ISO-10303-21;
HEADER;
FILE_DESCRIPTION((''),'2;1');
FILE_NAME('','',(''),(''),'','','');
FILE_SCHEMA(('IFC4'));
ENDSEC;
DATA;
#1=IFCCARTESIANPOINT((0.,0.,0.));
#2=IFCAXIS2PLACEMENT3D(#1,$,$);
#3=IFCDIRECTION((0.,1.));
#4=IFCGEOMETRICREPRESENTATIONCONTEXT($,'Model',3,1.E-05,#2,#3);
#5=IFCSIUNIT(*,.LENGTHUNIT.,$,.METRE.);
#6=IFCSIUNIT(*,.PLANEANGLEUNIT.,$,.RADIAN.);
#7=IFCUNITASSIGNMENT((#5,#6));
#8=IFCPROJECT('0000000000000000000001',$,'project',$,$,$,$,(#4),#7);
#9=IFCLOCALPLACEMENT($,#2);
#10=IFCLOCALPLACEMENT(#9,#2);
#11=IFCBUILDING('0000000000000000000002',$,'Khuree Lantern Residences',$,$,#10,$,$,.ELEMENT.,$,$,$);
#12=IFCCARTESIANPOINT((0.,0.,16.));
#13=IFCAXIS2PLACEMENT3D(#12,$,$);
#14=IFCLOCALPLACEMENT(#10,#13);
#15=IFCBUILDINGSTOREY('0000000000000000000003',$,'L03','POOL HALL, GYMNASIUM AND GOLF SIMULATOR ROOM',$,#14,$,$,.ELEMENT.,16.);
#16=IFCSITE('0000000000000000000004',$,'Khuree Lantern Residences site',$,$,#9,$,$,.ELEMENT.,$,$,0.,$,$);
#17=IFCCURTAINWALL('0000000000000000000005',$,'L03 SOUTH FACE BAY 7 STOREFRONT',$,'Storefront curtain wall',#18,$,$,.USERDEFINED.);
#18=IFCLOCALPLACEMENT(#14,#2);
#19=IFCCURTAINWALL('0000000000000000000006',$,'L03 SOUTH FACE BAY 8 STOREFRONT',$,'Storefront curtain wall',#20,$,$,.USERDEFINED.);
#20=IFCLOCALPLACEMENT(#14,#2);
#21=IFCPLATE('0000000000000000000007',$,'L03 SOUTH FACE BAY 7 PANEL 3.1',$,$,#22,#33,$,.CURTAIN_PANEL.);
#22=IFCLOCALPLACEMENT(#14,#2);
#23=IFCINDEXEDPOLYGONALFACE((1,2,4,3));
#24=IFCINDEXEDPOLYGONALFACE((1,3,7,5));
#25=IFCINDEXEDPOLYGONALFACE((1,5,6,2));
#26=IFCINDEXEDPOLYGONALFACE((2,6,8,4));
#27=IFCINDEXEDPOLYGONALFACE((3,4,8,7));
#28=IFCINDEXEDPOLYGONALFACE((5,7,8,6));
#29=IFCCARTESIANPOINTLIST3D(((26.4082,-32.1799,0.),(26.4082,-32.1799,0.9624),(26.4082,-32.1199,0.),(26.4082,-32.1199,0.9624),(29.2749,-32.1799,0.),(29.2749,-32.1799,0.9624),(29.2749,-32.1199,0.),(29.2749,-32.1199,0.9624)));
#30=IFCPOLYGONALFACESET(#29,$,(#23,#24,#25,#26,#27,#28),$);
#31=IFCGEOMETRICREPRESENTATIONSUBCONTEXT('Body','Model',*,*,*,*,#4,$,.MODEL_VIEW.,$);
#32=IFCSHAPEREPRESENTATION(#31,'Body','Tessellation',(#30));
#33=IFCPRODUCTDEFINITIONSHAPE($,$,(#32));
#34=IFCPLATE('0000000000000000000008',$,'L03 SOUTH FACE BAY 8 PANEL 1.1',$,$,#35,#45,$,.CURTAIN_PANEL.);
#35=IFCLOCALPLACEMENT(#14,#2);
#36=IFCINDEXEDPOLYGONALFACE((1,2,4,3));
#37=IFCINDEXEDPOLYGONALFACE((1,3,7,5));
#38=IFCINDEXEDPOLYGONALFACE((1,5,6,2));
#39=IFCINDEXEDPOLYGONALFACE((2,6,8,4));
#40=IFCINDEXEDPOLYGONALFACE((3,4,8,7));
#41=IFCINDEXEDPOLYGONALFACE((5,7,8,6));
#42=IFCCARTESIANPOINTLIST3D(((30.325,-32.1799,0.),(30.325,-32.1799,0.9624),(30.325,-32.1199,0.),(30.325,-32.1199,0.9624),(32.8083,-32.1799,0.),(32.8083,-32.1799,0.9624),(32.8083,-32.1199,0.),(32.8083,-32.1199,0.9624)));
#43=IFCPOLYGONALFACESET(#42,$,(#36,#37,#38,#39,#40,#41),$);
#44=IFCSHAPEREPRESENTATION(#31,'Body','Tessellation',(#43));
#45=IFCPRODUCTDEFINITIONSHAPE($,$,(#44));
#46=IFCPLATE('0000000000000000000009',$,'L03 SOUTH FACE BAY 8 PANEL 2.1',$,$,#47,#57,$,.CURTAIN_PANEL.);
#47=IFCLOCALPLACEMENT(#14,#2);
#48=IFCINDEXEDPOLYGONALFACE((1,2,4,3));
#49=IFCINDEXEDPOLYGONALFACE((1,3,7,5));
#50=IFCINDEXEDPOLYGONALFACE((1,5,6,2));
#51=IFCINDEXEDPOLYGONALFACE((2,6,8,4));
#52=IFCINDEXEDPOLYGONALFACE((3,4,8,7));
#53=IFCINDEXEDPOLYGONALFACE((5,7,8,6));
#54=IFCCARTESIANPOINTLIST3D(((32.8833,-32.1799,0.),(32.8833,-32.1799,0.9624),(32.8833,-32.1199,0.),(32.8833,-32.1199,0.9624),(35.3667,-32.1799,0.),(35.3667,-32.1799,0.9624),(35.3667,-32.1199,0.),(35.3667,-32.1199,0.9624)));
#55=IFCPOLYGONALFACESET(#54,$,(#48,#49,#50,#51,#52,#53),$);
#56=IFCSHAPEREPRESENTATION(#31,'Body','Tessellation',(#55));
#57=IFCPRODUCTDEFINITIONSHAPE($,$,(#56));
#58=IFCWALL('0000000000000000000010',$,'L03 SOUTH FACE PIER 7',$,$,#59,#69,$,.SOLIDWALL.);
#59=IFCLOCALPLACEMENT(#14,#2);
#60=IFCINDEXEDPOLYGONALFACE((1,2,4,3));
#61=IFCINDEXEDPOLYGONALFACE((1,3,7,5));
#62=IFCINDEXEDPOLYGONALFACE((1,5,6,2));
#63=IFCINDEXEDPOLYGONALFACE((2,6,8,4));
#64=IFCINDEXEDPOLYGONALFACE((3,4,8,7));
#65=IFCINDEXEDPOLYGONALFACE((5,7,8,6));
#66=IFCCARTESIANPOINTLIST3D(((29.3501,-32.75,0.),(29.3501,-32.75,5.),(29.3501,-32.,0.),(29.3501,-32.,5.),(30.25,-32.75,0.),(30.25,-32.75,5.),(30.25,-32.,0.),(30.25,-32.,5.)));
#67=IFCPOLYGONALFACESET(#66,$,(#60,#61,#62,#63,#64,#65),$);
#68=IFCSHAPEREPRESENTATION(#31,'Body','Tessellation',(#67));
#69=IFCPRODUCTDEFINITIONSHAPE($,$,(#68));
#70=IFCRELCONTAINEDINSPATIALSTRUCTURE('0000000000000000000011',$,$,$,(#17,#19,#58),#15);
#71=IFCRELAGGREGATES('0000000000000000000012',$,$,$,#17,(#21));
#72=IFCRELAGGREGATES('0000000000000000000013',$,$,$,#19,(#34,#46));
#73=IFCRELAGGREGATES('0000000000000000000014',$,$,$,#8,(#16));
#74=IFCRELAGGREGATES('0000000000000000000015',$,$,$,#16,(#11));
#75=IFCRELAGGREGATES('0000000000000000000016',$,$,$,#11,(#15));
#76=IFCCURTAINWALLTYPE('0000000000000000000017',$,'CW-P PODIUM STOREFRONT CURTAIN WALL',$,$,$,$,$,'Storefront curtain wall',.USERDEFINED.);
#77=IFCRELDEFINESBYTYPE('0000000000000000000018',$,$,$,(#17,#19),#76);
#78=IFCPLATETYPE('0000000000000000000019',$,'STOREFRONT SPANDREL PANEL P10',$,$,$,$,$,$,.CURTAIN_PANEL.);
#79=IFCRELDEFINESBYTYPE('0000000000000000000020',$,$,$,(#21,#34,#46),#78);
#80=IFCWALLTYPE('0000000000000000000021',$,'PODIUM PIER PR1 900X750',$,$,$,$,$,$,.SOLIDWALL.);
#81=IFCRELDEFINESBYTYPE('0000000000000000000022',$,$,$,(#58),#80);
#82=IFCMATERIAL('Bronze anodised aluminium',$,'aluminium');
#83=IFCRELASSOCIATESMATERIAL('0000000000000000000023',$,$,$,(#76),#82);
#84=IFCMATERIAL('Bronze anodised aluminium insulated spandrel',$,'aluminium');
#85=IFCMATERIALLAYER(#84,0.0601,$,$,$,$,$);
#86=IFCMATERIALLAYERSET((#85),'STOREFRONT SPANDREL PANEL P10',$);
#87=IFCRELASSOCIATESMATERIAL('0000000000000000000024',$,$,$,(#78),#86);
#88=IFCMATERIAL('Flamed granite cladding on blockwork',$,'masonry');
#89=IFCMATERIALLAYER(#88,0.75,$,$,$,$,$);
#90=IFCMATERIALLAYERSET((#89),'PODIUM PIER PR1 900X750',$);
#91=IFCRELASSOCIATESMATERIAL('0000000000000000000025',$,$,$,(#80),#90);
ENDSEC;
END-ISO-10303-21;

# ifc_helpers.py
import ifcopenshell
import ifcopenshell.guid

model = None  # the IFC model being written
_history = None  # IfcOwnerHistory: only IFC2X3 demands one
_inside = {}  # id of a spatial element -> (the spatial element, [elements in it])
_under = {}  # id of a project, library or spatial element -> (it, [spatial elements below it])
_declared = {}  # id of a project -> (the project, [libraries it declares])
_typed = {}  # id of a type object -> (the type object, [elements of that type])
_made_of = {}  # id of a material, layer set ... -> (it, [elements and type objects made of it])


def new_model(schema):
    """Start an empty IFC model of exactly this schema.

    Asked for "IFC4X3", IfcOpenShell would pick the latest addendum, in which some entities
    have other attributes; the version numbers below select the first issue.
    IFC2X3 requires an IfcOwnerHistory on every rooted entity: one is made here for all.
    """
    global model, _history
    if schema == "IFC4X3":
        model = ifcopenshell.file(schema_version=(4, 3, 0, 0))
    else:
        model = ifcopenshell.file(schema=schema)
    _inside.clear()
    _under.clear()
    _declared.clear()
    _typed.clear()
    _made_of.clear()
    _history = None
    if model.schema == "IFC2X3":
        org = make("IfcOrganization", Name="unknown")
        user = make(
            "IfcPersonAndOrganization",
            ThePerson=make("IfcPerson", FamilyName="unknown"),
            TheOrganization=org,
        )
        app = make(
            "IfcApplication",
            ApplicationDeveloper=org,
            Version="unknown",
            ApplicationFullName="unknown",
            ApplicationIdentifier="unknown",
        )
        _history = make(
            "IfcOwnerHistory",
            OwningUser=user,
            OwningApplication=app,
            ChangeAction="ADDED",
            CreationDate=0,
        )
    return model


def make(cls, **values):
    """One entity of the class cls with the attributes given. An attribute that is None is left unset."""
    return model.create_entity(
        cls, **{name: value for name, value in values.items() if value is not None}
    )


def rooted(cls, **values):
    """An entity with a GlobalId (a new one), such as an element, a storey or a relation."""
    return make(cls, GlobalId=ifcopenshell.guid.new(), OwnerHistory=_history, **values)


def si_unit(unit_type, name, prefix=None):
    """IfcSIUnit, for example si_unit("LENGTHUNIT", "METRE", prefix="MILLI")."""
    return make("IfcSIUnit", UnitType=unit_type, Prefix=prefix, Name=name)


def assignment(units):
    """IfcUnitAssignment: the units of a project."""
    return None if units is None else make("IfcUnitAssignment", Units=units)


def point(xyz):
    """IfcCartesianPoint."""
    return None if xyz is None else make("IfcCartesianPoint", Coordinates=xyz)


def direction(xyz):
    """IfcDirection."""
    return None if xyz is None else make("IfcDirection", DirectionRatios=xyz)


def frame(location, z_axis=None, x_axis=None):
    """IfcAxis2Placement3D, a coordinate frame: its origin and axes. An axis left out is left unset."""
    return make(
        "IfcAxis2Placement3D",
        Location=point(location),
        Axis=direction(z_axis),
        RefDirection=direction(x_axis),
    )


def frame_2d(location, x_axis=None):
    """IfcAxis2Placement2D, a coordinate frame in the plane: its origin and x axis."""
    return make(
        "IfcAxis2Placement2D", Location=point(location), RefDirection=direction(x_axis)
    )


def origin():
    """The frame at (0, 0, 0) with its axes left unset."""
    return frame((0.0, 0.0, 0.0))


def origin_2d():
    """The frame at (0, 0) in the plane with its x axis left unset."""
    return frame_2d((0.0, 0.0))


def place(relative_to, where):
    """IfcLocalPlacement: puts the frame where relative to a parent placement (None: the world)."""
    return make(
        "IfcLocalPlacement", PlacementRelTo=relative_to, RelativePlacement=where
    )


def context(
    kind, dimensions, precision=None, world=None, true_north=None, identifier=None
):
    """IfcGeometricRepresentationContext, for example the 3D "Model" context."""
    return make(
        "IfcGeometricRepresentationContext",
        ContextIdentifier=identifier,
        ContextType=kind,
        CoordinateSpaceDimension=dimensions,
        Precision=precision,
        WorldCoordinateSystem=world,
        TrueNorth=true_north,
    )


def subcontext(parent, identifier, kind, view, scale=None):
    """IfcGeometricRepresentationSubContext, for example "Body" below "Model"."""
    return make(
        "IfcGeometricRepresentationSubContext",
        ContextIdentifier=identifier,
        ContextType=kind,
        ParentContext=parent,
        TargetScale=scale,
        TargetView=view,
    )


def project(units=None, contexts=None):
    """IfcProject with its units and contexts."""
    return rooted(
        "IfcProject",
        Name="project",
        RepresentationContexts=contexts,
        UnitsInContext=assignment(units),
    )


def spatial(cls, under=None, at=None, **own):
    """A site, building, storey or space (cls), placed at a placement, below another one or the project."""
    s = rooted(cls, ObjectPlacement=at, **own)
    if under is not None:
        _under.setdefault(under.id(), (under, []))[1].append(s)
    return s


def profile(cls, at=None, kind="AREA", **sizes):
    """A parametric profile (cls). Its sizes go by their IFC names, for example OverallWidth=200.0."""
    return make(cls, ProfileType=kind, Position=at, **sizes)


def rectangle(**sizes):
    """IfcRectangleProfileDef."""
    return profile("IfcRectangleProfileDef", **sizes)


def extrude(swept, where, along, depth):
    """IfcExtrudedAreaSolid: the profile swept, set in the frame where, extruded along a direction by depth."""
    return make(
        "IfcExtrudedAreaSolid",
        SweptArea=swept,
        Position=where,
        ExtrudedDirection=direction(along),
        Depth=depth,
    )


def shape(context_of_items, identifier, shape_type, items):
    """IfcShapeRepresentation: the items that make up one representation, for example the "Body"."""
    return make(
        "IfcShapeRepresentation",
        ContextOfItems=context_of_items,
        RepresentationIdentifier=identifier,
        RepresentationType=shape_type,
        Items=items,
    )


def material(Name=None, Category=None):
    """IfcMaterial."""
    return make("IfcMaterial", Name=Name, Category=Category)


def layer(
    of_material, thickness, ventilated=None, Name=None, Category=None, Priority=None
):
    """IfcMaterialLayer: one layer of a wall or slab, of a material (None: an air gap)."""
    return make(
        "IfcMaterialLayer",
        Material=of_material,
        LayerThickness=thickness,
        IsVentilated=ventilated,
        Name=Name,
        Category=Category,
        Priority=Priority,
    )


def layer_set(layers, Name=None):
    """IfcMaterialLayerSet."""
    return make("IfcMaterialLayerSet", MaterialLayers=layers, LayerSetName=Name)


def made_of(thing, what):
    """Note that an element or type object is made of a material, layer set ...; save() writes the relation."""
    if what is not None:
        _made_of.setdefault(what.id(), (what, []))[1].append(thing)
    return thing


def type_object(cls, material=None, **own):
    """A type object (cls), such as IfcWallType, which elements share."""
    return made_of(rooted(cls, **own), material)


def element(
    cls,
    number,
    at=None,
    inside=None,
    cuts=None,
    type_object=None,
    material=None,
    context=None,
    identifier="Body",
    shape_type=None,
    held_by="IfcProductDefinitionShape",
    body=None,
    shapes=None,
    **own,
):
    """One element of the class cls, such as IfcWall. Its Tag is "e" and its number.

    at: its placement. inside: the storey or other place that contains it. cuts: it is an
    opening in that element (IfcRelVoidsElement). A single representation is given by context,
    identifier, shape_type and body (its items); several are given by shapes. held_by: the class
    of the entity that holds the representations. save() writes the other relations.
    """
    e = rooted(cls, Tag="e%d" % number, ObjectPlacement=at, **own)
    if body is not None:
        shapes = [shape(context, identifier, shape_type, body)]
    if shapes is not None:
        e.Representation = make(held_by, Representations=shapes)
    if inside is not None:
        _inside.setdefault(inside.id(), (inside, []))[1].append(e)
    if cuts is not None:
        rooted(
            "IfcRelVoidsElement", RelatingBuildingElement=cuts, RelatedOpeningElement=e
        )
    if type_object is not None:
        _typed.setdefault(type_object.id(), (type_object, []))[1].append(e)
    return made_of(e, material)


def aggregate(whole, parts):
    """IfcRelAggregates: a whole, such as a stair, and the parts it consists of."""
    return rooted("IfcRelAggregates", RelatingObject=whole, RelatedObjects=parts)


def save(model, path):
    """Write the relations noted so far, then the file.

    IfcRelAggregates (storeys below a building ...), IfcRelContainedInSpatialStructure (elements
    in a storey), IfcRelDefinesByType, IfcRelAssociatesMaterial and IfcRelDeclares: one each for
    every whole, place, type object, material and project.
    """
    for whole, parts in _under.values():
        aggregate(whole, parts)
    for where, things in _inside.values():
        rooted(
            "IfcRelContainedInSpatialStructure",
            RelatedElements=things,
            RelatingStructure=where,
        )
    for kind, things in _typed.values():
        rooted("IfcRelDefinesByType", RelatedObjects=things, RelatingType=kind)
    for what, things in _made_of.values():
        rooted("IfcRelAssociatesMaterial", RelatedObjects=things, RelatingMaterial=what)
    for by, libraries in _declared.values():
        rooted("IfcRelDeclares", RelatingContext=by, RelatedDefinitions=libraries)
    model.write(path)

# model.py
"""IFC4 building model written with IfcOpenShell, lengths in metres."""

from ifc_helpers import new_model, si_unit, direction, frame, frame_2d, origin, origin_2d, place, context, subcontext, project, spatial, rectangle, extrude, material, layer, layer_set, type_object, element, aggregate, save


model = new_model("IFC4")

# Units and contexts
model_context = context("Model", 3, precision=1e-05, world=origin(), true_north=direction((0.0, 1.0)))
body_context = subcontext(model_context, "Body", "Model", "MODEL_VIEW")
ifc_project = project(units=[si_unit("LENGTHUNIT", "METRE"), si_unit("PLANEANGLEUNIT", "RADIAN")], contexts=[model_context])

# Site, building, storey
site_placement = place(None, origin())
site = spatial("IfcSite", under=ifc_project, at=site_placement, Name="Khuree Lantern Residences site", CompositionType="ELEMENT", RefElevation=0.0)
building_placement = place(site_placement, origin())
building = spatial("IfcBuilding", under=site, at=building_placement, Name="Khuree Lantern Residences", CompositionType="ELEMENT")
storey_placement = place(building_placement, frame((0.0, 0.0, 16.0)))
storey = spatial("IfcBuildingStorey", under=building, at=storey_placement, Name="L03", Description="POOL HALL, GYMNASIUM AND GOLF SIMULATOR ROOM", CompositionType="ELEMENT", Elevation=16.0)

# Curtain walls
ifc_material_1 = material(Name="Bronze anodised aluminium", Category="aluminium")
curtain_wall_type = type_object("IfcCurtainWallType", Name="CW-P PODIUM STOREFRONT CURTAIN WALL", ElementType="Storefront curtain wall", PredefinedType="USERDEFINED", material=ifc_material_1)
curtain_wall_1_placement = place(storey_placement, origin())
curtain_wall_1 = element("IfcCurtainWall", 1, at=curtain_wall_1_placement, inside=storey, type_object=curtain_wall_type, Name="L03 SOUTH FACE BAY 7 STOREFRONT", ObjectType="Storefront curtain wall", PredefinedType="USERDEFINED")
curtain_wall_2_placement = place(storey_placement, origin())
curtain_wall_2 = element("IfcCurtainWall", 2, at=curtain_wall_2_placement, inside=storey, type_object=curtain_wall_type, Name="L03 SOUTH FACE BAY 8 STOREFRONT", ObjectType="Storefront curtain wall", PredefinedType="USERDEFINED")

# Plates
ifc_material_2 = material(Name="Bronze anodised aluminium insulated spandrel", Category="aluminium")
ifc_layer_1 = layer(ifc_material_2, 0.0601)
ifc_layer_set_1 = layer_set([ifc_layer_1], Name="STOREFRONT SPANDREL PANEL P10")
plate_type_1 = type_object("IfcPlateType", Name="STOREFRONT SPANDREL PANEL P10", PredefinedType="CURTAIN_PANEL", material=ifc_layer_set_1)
plate_1_placement = place(storey_placement, frame((27.8416, -32.1499, 0.0), z_axis=(0.0, 0.0, 1.0), x_axis=(1.0, 0.0, 0.0)))
plate_1 = element("IfcPlate", 3, at=plate_1_placement, type_object=plate_type_1, Name="L03 SOUTH FACE BAY 7 PANEL 3.1", PredefinedType="CURTAIN_PANEL", context=body_context, shape_type="SweptSolid", body=[
    extrude(rectangle(XDim=2.8667, YDim=0.0601, at=origin_2d()), origin(), (0.0, 0.0, 1.0), 0.9624),
])
aggregate(curtain_wall_1, [plate_1])
plate_2_placement = place(storey_placement, frame((31.5667, -32.1499, 0.0), z_axis=(0.0, 0.0, 1.0), x_axis=(1.0, 0.0, 0.0)))
plate_2 = element("IfcPlate", 4, at=plate_2_placement, type_object=plate_type_1, Name="L03 SOUTH FACE BAY 8 PANEL 1.1", PredefinedType="CURTAIN_PANEL", context=body_context, shape_type="SweptSolid", body=[
    extrude(rectangle(XDim=2.4834, YDim=0.0601, at=origin_2d()), origin(), (0.0, 0.0, 1.0), 0.9624),
])
plate_3_placement = place(storey_placement, frame((34.125, -32.1499, 0.0), z_axis=(0.0, 0.0, 1.0), x_axis=(1.0, 0.0, 0.0)))
plate_3 = element("IfcPlate", 5, at=plate_3_placement, type_object=plate_type_1, Name="L03 SOUTH FACE BAY 8 PANEL 2.1", PredefinedType="CURTAIN_PANEL", context=body_context, shape_type="SweptSolid", body=[
    extrude(rectangle(XDim=2.4834, YDim=0.0601, at=origin_2d()), origin(), (0.0, 0.0, 1.0), 0.9624),
])
aggregate(curtain_wall_2, [plate_2, plate_3])

# Wall
ifc_material_3 = material(Name="Flamed granite cladding on blockwork", Category="masonry")
ifc_layer_2 = layer(ifc_material_3, 0.75)
ifc_layer_set_2 = layer_set([ifc_layer_2], Name="PODIUM PIER PR1 900X750")
wall_type = type_object("IfcWallType", Name="PODIUM PIER PR1 900X750", PredefinedType="SOLIDWALL", material=ifc_layer_set_2)
wall_placement = place(storey_placement, frame((29.3501, -32.375, 0.0), z_axis=(0.0, 0.0, 1.0), x_axis=(1.0, 0.0, 0.0)))
element("IfcWall", 6, at=wall_placement, inside=storey, type_object=wall_type, Name="L03 SOUTH FACE PIER 7", PredefinedType="SOLIDWALL", context=body_context, shape_type="SweptSolid", body=[
    extrude(rectangle(XDim=0.8999, YDim=0.75, at=frame_2d((0.45, 0.0))), origin(), (0.0, 0.0, 1.0), 5.0),
])

save(model, "model.ifc")
